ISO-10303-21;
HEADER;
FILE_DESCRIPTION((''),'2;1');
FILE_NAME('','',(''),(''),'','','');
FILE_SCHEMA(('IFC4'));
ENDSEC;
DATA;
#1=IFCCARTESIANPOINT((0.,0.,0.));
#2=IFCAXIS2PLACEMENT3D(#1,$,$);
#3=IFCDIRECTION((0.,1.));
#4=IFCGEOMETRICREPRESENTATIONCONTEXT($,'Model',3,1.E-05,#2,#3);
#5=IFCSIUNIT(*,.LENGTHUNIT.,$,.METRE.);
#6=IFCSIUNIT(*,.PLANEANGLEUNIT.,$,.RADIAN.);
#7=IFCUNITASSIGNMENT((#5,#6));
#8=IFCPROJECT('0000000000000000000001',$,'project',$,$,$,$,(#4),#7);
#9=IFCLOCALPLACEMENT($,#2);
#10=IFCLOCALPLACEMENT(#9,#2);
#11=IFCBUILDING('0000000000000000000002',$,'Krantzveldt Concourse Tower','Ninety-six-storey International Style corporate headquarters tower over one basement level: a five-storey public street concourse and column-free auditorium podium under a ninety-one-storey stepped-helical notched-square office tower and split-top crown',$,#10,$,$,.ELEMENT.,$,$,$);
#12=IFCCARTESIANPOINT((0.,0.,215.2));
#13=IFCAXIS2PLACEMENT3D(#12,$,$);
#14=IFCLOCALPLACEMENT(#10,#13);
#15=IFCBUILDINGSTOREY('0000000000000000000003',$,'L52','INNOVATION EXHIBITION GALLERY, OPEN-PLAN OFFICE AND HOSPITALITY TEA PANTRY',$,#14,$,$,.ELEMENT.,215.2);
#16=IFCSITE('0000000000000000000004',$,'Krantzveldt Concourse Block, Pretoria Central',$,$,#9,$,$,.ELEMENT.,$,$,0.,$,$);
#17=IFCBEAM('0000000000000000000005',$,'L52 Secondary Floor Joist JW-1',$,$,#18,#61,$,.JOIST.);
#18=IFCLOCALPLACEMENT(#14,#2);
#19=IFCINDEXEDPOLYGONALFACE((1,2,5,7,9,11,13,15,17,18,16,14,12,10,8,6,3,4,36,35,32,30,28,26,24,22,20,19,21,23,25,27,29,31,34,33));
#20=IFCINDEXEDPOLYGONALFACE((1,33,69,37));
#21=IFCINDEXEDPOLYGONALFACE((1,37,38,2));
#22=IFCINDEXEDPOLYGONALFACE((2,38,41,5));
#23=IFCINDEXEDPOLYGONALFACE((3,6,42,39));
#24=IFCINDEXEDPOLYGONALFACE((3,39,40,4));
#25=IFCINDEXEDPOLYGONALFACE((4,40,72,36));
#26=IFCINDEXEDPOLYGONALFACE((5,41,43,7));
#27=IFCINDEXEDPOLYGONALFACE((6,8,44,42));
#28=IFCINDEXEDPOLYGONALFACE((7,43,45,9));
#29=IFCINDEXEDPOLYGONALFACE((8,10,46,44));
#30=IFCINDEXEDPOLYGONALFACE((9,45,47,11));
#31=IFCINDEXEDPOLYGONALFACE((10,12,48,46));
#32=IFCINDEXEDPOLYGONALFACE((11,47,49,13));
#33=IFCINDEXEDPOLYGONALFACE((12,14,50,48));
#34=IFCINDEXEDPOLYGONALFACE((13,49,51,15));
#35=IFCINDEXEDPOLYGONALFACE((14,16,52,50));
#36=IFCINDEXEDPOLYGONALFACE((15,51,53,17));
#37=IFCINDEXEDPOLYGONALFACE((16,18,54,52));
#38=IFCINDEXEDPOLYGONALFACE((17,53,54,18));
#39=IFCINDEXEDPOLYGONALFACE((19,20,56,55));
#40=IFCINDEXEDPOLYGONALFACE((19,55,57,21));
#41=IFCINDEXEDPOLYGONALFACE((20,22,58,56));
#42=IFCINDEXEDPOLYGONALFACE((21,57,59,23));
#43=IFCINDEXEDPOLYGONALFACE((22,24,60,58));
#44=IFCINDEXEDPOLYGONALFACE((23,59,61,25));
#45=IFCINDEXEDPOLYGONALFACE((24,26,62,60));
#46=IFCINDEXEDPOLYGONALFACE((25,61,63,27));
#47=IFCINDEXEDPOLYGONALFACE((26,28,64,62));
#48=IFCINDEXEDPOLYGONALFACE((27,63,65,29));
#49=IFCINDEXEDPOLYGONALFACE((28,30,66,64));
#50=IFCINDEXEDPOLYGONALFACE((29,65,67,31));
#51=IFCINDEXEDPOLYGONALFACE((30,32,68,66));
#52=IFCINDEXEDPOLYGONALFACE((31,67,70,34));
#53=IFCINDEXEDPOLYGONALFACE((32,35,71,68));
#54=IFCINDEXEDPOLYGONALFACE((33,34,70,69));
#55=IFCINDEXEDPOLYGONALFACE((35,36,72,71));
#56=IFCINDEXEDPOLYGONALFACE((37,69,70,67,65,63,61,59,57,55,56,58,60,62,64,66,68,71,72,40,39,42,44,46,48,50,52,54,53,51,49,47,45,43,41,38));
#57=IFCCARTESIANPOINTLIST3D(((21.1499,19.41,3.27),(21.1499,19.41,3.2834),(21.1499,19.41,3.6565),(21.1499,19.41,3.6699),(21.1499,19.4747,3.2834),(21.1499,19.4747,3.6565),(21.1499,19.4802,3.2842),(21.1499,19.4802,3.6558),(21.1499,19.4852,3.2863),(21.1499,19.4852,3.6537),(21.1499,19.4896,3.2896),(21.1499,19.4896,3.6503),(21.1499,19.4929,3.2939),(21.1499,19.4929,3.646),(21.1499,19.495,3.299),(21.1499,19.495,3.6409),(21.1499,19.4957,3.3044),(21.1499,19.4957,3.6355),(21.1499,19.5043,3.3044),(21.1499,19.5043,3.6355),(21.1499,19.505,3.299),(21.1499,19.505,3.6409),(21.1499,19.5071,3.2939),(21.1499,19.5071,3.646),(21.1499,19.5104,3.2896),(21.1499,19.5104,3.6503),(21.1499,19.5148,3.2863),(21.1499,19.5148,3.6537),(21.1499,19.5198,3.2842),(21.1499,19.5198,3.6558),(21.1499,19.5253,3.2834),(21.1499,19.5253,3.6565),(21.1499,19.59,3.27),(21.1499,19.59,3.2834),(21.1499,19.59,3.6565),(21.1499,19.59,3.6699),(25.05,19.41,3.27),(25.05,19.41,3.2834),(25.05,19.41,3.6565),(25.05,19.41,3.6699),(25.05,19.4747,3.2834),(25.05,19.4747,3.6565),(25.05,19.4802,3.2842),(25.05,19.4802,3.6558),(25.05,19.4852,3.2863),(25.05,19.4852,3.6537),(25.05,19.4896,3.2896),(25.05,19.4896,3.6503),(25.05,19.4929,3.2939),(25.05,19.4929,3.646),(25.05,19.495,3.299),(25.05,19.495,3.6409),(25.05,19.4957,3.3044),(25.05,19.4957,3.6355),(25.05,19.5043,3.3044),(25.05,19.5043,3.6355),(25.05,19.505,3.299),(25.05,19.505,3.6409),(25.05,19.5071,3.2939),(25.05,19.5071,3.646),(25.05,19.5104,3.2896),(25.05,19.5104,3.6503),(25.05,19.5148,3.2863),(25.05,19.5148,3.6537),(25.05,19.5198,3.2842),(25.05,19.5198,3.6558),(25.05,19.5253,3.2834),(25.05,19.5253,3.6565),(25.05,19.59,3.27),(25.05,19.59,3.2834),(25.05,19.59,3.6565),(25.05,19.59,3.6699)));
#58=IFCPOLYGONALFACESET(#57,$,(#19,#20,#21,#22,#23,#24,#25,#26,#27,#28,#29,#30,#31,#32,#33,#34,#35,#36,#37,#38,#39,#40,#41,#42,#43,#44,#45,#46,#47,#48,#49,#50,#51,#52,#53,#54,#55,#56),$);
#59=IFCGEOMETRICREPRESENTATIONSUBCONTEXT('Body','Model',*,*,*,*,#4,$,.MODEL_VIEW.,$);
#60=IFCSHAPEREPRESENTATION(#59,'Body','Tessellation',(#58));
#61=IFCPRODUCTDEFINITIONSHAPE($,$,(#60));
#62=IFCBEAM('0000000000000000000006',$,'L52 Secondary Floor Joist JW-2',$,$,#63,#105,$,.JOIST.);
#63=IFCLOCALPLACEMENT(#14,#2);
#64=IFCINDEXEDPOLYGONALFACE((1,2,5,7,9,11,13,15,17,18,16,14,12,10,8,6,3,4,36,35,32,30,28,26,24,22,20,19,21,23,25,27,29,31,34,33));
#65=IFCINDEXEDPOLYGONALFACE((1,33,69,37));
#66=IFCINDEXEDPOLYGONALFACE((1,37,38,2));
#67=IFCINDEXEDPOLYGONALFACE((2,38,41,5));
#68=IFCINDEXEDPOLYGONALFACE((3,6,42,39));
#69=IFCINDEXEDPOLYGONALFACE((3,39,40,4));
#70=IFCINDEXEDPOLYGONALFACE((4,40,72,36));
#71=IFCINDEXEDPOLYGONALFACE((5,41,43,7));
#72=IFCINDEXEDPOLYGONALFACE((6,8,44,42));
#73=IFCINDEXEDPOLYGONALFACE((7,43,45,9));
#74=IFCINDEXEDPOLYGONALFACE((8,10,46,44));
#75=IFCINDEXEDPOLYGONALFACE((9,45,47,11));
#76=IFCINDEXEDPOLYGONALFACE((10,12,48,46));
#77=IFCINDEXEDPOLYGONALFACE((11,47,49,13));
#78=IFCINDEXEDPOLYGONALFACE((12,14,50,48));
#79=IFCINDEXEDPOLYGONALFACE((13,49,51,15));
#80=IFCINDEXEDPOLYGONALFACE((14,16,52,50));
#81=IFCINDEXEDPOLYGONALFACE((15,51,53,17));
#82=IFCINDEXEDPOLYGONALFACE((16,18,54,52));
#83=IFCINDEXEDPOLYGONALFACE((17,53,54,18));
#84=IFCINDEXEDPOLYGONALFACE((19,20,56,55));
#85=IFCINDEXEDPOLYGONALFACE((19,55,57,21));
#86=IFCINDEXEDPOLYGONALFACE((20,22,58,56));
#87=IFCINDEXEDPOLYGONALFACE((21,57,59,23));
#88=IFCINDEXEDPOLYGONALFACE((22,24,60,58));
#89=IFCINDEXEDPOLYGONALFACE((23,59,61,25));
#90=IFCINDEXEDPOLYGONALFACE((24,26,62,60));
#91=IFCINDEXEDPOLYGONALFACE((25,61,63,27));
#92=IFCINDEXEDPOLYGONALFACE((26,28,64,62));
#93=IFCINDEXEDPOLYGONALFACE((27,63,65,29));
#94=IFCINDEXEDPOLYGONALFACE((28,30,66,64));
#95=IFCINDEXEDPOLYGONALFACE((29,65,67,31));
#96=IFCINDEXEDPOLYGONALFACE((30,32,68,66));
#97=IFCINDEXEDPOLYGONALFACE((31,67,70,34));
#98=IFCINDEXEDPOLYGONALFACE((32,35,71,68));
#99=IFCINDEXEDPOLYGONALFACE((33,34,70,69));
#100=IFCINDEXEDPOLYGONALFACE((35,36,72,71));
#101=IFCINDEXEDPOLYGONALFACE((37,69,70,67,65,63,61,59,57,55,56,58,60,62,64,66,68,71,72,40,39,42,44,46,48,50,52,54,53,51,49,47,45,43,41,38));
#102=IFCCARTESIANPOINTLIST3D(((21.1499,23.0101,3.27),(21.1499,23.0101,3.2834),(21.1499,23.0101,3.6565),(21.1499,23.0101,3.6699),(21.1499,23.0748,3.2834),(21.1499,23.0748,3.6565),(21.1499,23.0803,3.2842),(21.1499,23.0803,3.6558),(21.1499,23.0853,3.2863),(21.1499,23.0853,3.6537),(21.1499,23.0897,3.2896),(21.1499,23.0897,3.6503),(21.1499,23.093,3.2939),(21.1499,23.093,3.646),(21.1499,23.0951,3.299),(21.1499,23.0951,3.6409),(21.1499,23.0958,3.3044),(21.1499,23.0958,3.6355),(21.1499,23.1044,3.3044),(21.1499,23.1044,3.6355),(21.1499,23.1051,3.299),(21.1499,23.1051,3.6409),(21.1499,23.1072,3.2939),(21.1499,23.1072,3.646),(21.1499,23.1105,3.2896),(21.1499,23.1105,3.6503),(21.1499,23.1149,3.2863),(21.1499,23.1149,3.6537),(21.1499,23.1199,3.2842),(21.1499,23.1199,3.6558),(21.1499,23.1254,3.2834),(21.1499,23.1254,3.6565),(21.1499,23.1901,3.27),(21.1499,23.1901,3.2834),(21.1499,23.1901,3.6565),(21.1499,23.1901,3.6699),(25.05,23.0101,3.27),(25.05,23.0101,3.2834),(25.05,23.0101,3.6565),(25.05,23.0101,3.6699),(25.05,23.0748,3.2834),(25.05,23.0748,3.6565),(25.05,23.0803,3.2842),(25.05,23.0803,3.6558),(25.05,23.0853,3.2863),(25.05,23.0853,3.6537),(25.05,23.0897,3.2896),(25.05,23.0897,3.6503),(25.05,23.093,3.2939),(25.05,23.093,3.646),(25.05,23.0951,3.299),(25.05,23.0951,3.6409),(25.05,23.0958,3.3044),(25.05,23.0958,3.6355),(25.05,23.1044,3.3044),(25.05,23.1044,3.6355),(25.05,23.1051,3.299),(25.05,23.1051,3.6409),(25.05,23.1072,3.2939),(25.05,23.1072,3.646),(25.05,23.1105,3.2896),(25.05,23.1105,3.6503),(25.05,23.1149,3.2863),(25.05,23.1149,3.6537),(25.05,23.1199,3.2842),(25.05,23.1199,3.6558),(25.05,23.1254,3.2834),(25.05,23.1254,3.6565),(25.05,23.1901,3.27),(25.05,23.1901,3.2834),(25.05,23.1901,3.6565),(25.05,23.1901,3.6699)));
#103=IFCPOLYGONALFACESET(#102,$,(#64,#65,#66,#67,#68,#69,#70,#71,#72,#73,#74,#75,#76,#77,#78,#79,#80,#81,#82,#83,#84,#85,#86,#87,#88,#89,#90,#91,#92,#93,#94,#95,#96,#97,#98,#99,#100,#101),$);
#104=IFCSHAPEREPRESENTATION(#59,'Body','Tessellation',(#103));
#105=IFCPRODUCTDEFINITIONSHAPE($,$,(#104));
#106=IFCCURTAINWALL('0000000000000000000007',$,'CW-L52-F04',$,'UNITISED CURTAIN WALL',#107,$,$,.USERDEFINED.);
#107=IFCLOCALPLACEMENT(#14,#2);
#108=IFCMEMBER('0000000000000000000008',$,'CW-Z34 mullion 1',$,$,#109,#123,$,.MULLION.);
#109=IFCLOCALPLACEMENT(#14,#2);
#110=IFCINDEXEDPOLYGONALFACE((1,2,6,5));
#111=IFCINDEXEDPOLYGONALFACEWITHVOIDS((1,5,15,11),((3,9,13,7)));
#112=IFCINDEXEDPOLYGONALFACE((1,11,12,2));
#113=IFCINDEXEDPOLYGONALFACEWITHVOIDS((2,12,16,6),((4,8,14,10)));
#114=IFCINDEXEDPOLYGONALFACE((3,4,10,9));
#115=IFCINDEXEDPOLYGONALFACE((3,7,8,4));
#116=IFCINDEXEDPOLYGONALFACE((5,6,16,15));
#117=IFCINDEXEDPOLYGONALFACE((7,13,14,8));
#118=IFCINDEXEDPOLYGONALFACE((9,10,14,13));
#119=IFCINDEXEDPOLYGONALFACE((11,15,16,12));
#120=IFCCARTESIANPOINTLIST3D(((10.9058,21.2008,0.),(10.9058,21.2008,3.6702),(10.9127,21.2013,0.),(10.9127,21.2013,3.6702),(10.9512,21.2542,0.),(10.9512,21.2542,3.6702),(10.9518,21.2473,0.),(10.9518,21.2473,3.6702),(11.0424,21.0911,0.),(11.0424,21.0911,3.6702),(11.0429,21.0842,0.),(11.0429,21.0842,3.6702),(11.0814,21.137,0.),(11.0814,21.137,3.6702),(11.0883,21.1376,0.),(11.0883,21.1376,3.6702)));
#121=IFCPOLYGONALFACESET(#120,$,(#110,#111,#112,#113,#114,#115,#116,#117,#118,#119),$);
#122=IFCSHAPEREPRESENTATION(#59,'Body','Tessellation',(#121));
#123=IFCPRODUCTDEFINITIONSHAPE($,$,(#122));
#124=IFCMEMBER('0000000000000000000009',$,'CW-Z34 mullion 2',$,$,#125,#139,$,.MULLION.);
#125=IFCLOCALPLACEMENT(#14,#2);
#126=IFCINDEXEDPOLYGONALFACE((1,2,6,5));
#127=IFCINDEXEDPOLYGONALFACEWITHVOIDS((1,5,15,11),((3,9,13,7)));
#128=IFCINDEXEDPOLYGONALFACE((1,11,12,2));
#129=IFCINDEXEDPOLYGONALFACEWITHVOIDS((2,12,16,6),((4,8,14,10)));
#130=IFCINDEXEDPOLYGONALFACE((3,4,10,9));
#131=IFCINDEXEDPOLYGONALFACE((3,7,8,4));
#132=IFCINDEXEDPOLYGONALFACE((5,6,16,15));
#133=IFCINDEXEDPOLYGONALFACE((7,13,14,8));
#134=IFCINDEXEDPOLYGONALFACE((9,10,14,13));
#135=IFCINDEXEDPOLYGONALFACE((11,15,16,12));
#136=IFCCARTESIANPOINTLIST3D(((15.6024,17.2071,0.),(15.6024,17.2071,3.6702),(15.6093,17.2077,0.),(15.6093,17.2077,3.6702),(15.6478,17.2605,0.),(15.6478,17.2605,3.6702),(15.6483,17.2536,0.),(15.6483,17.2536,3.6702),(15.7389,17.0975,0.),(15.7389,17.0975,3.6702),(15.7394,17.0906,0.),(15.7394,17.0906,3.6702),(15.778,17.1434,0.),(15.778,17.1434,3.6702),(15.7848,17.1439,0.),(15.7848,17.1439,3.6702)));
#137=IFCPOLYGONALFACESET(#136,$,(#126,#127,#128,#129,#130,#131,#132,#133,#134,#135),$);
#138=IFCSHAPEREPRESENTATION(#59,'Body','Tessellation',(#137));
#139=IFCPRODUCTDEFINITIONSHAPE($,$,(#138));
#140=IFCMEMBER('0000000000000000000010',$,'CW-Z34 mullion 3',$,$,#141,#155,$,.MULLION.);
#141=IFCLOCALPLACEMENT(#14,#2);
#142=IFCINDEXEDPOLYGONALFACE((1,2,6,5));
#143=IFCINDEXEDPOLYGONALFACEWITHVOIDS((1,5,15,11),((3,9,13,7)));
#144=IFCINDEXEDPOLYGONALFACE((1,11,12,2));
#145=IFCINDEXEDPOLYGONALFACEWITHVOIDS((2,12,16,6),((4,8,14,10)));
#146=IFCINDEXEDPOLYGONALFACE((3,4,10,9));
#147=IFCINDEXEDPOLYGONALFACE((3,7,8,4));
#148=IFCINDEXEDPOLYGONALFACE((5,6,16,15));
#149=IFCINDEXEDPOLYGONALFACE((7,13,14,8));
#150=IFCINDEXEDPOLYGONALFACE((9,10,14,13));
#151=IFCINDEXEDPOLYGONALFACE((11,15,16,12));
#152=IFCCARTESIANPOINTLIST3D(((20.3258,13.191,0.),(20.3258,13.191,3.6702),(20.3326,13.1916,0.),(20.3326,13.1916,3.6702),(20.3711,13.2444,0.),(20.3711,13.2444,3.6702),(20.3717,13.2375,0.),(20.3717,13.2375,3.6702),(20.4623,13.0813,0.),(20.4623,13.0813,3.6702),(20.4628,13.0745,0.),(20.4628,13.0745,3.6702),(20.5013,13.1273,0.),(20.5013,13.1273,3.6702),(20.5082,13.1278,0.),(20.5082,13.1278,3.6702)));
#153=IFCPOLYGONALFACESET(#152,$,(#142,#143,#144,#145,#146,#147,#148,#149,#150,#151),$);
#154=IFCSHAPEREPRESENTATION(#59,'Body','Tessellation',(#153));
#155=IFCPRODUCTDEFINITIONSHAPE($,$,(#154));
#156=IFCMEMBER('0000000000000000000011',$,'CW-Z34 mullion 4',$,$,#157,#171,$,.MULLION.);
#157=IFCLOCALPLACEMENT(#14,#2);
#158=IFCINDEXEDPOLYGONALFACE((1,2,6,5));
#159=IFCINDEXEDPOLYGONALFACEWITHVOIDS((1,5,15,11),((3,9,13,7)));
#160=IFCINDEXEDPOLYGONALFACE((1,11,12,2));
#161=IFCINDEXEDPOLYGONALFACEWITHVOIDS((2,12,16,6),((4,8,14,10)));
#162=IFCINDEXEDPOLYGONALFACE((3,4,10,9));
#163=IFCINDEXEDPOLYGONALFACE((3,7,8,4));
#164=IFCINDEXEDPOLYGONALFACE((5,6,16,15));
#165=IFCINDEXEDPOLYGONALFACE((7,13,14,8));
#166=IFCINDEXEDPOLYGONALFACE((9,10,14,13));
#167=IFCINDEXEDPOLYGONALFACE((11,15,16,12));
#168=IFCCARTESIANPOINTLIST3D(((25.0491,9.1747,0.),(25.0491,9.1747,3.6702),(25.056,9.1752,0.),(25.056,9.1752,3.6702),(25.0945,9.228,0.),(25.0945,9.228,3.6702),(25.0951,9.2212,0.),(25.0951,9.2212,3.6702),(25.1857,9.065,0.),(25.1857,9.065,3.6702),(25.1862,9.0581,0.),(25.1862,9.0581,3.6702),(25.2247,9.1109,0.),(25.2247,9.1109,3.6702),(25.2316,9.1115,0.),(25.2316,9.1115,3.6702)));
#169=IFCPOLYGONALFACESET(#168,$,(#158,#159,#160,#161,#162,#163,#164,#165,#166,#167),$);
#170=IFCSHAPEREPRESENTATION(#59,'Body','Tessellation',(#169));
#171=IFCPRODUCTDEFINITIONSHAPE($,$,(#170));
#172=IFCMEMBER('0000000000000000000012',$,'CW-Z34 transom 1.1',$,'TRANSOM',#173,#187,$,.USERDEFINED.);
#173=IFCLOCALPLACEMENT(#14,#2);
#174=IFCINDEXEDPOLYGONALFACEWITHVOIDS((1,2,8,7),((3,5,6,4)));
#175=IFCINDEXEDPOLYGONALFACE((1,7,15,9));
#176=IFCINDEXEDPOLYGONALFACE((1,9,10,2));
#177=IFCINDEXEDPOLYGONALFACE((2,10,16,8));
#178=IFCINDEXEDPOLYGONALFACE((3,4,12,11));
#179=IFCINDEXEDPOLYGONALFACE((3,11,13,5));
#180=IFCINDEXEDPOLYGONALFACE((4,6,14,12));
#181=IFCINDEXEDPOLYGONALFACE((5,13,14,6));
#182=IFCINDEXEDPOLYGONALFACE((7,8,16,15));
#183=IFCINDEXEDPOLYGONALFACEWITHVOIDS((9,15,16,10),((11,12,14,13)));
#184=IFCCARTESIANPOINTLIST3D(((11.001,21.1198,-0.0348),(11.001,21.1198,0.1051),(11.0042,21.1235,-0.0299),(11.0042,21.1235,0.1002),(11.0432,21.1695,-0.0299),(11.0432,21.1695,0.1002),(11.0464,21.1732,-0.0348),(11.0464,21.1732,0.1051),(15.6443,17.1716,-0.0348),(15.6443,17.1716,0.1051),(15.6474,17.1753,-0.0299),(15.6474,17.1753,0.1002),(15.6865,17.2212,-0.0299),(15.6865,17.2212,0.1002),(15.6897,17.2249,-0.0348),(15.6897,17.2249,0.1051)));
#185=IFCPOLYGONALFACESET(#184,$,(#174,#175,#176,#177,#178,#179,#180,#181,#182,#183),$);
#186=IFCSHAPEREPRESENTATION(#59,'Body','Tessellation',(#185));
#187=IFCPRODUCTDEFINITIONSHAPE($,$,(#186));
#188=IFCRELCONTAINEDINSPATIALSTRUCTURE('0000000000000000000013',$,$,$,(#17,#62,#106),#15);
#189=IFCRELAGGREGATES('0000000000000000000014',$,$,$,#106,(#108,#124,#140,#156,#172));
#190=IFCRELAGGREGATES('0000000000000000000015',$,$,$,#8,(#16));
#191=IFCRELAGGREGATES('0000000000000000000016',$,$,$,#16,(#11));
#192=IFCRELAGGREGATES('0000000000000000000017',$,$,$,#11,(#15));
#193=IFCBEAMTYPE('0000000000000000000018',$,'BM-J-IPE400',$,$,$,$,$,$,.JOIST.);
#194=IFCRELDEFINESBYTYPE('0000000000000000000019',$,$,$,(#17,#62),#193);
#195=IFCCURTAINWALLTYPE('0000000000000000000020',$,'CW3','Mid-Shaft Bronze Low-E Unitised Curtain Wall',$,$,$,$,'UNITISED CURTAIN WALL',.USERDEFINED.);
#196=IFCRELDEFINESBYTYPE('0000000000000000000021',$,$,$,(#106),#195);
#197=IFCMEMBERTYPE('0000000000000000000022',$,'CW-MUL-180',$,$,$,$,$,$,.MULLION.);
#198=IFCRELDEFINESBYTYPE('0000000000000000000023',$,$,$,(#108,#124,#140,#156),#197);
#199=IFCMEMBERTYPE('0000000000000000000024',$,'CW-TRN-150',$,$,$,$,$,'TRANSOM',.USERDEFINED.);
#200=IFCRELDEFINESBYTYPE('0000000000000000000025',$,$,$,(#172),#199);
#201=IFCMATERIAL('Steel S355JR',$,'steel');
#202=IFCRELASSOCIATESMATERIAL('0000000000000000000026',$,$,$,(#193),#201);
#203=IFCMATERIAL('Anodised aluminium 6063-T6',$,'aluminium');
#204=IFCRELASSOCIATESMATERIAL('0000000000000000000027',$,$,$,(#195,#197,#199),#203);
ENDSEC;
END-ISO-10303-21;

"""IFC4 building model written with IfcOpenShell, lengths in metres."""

from ifc_helpers import new_model, si_unit, direction, frame, origin, origin_2d, place, context, subcontext, project, spatial, hollow_rectangle, i_section, extrude, source, transform, mapped, material, material_profile, profile_set, type_object, type_shapes, element, aggregate, save


model = new_model("IFC4")

# Units and contexts
model_context = context("Model", 3, precision=1e-05, world=origin(), true_north=direction((0.0, 1.0)))
body_context = subcontext(model_context, "Body", "Model", "MODEL_VIEW")
ifc_project = project(units=[si_unit("LENGTHUNIT", "METRE"), si_unit("PLANEANGLEUNIT", "RADIAN")], contexts=[model_context])

# Site, building, storey
site_placement = place(None, origin())
site = spatial("IfcSite", under=ifc_project, at=site_placement, Name="Krantzveldt Concourse Block, Pretoria Central", CompositionType="ELEMENT", RefElevation=0.0)
building_placement = place(site_placement, origin())
building = spatial("IfcBuilding", under=site, at=building_placement, Name="Krantzveldt Concourse Tower", Description="Ninety-six-storey International Style corporate headquarters tower over one basement level: a five-storey public street concourse and column-free auditorium podium under a ninety-one-storey stepped-helical notched-square office tower and split-top crown", CompositionType="ELEMENT")
storey_placement = place(building_placement, frame((0.0, 0.0, 215.2)))
storey = spatial("IfcBuildingStorey", under=building, at=storey_placement, Name="L52", Description="INNOVATION EXHIBITION GALLERY, OPEN-PLAN OFFICE AND HOSPITALITY TEA PANTRY", CompositionType="ELEMENT", Elevation=215.2)

# Beams
ifc_material_1 = material(Name="Steel S355JR", Category="steel")
ifc_material_profile_1 = material_profile(ifc_material_1, i_section(OverallWidth=0.1799, OverallDepth=0.3999, WebThickness=0.0085, FlangeThickness=0.0134, FilletRadius=0.021, at=origin_2d()), Name="Steel S355JR", Category="steel")
ifc_profile_set_1 = profile_set([ifc_material_profile_1], Name="Steel S355JR - IPE 400")
beam_type_1 = type_object("IfcBeamType", Name="BM-J-IPE400", PredefinedType="JOIST", material=ifc_profile_set_1)
shared_shape_1 = source(origin(), body_context, "Body", "SweptSolid", [
    extrude(i_section(OverallWidth=0.1799, OverallDepth=0.3999, WebThickness=0.0085, FlangeThickness=0.0134, FilletRadius=0.021, at=origin_2d()), origin(), (0.0, 0.0, 1.0), 3.9001),
])
type_shapes(beam_type_1, [shared_shape_1])
for number, where, z_axis, x_axis, name in (
    (1, (21.1499, 19.5, 3.47), (1.0, 0.0, 0.0), (0.0, 1.0, 0.0), "L52 Secondary Floor Joist JW-1"),
    (2, (21.1499, 23.1001, 3.47), (1.0, 0.0, 0.0), (0.0, 1.0, 0.0), "L52 Secondary Floor Joist JW-2"),
):
    element("IfcBeam", number, at=place(storey_placement, frame(where, z_axis=z_axis, x_axis=x_axis)), inside=storey, type_object=beam_type_1, Name=name, PredefinedType="JOIST", context=body_context, shape_type="MappedRepresentation", body=[
        mapped(shared_shape_1, transform((0.0, 0.0, 0.0), x_axis=(1.0, 0.0, 0.0), y_axis=(0.0, 1.0, 0.0), z_axis=(0.0, 0.0, 1.0), scale=1.0)),
    ])

# Curtain wall, members
ifc_material_2 = material(Name="Anodised aluminium 6063-T6", Category="aluminium")
curtain_wall_type = type_object("IfcCurtainWallType", Name="CW3", Description="Mid-Shaft Bronze Low-E Unitised Curtain Wall", ElementType="UNITISED CURTAIN WALL", PredefinedType="USERDEFINED", material=ifc_material_2)
curtain_wall_placement = place(storey_placement, origin())
curtain_wall = element("IfcCurtainWall", 3, at=curtain_wall_placement, inside=storey, type_object=curtain_wall_type, Name="CW-L52-F04", ObjectType="UNITISED CURTAIN WALL", PredefinedType="USERDEFINED")
ifc_material_profile_2 = material_profile(ifc_material_2, hollow_rectangle(XDim=0.0701, YDim=0.1799, WallThickness=0.0049, at=origin_2d()), Name="Anodised aluminium 6063-T6", Category="aluminium")
ifc_profile_set_2 = profile_set([ifc_material_profile_2], Name="Anodised aluminium 6063-T6 - ALU-MULL 180x70x5")
member_type_1 = type_object("IfcMemberType", Name="CW-MUL-180", PredefinedType="MULLION", material=ifc_profile_set_2)
shared_shape_2 = source(origin(), body_context, "Body", "SweptSolid", [
    extrude(hollow_rectangle(XDim=0.0701, YDim=0.1799, WallThickness=0.0049, at=origin_2d()), origin(), (0.0, 0.0, 1.0), 3.6702),
])
type_shapes(member_type_1, [shared_shape_2])
member_1_placement = place(storey_placement, frame((10.9971, 21.1692, 0.0), z_axis=(0.0, 0.0, 1.0), x_axis=(0.647788, 0.761821, 0.0)))
member_1 = element("IfcMember", 4, at=member_1_placement, type_object=member_type_1, Name="CW-Z34 mullion 1", PredefinedType="MULLION", context=body_context, shape_type="MappedRepresentation", body=[
    mapped(shared_shape_2, transform((0.0, 0.0, 0.0), x_axis=(1.0, 0.0, 0.0), y_axis=(0.0, 1.0, 0.0), z_axis=(0.0, 0.0, 1.0), scale=1.0)),
])
member_2_placement = place(storey_placement, frame((15.6936, 17.1755, 0.0), z_axis=(0.0, 0.0, 1.0), x_axis=(0.647788, 0.761821, 0.0)))
member_2 = element("IfcMember", 5, at=member_2_placement, type_object=member_type_1, Name="CW-Z34 mullion 2", PredefinedType="MULLION", context=body_context, shape_type="MappedRepresentation", body=[
    mapped(shared_shape_2, transform((0.0, 0.0, 0.0), x_axis=(1.0, 0.0, 0.0), y_axis=(0.0, 1.0, 0.0), z_axis=(0.0, 0.0, 1.0), scale=1.0)),
])
member_3_placement = place(storey_placement, frame((20.417, 13.1594, 0.0), z_axis=(0.0, 0.0, 1.0), x_axis=(0.647788, 0.761821, 0.0)))
member_3 = element("IfcMember", 6, at=member_3_placement, type_object=member_type_1, Name="CW-Z34 mullion 3", PredefinedType="MULLION", context=body_context, shape_type="MappedRepresentation", body=[
    mapped(shared_shape_2, transform((0.0, 0.0, 0.0), x_axis=(1.0, 0.0, 0.0), y_axis=(0.0, 1.0, 0.0), z_axis=(0.0, 0.0, 1.0), scale=1.0)),
])
member_4_placement = place(storey_placement, frame((25.1404, 9.1431, 0.0), z_axis=(0.0, 0.0, 1.0), x_axis=(0.647788, 0.761821, 0.0)))
member_4 = element("IfcMember", 7, at=member_4_placement, type_object=member_type_1, Name="CW-Z34 mullion 4", PredefinedType="MULLION", context=body_context, shape_type="MappedRepresentation", body=[
    mapped(shared_shape_2, transform((0.0, 0.0, 0.0), x_axis=(1.0, 0.0, 0.0), y_axis=(0.0, 1.0, 0.0), z_axis=(0.0, 0.0, 1.0), scale=1.0)),
])
ifc_material_profile_3 = material_profile(ifc_material_2, hollow_rectangle(XDim=0.0701, YDim=0.1399, WallThickness=0.0049, at=origin_2d()), Name="Anodised aluminium 6063-T6", Category="aluminium")
ifc_profile_set_3 = profile_set([ifc_material_profile_3], Name="Anodised aluminium 6063-T6 - ALU-TRAN 140x70x5")
member_type_2 = type_object("IfcMemberType", Name="CW-TRN-150", ElementType="TRANSOM", PredefinedType="USERDEFINED", material=ifc_profile_set_3)
shared_shape_3 = source(origin(), body_context, "Body", "SweptSolid", [
    extrude(hollow_rectangle(XDim=0.0701, YDim=0.1399, WallThickness=0.0049, at=origin_2d()), origin(), (0.0, 0.0, 1.0), 6.095),
])
member_5_placement = place(storey_placement, frame((11.0237, 21.1465, 0.0352), z_axis=(0.761824, -0.647784, 0.0), x_axis=(0.647784, 0.761824, 0.0)))
member_5 = element("IfcMember", 8, at=member_5_placement, type_object=member_type_2, Name="CW-Z34 transom 1.1", ObjectType="TRANSOM", PredefinedType="USERDEFINED", context=body_context, shape_type="MappedRepresentation", body=[
    mapped(shared_shape_3, transform((0.0, 0.0, 0.0), x_axis=(1.0, 0.0, 0.0), y_axis=(0.0, 1.0, 0.0), z_axis=(0.0, 0.0, 1.0), scale=1.0)),
])

aggregate(curtain_wall, [member_1, member_2, member_3, member_4, member_5])

save(model, "model.ifc")
